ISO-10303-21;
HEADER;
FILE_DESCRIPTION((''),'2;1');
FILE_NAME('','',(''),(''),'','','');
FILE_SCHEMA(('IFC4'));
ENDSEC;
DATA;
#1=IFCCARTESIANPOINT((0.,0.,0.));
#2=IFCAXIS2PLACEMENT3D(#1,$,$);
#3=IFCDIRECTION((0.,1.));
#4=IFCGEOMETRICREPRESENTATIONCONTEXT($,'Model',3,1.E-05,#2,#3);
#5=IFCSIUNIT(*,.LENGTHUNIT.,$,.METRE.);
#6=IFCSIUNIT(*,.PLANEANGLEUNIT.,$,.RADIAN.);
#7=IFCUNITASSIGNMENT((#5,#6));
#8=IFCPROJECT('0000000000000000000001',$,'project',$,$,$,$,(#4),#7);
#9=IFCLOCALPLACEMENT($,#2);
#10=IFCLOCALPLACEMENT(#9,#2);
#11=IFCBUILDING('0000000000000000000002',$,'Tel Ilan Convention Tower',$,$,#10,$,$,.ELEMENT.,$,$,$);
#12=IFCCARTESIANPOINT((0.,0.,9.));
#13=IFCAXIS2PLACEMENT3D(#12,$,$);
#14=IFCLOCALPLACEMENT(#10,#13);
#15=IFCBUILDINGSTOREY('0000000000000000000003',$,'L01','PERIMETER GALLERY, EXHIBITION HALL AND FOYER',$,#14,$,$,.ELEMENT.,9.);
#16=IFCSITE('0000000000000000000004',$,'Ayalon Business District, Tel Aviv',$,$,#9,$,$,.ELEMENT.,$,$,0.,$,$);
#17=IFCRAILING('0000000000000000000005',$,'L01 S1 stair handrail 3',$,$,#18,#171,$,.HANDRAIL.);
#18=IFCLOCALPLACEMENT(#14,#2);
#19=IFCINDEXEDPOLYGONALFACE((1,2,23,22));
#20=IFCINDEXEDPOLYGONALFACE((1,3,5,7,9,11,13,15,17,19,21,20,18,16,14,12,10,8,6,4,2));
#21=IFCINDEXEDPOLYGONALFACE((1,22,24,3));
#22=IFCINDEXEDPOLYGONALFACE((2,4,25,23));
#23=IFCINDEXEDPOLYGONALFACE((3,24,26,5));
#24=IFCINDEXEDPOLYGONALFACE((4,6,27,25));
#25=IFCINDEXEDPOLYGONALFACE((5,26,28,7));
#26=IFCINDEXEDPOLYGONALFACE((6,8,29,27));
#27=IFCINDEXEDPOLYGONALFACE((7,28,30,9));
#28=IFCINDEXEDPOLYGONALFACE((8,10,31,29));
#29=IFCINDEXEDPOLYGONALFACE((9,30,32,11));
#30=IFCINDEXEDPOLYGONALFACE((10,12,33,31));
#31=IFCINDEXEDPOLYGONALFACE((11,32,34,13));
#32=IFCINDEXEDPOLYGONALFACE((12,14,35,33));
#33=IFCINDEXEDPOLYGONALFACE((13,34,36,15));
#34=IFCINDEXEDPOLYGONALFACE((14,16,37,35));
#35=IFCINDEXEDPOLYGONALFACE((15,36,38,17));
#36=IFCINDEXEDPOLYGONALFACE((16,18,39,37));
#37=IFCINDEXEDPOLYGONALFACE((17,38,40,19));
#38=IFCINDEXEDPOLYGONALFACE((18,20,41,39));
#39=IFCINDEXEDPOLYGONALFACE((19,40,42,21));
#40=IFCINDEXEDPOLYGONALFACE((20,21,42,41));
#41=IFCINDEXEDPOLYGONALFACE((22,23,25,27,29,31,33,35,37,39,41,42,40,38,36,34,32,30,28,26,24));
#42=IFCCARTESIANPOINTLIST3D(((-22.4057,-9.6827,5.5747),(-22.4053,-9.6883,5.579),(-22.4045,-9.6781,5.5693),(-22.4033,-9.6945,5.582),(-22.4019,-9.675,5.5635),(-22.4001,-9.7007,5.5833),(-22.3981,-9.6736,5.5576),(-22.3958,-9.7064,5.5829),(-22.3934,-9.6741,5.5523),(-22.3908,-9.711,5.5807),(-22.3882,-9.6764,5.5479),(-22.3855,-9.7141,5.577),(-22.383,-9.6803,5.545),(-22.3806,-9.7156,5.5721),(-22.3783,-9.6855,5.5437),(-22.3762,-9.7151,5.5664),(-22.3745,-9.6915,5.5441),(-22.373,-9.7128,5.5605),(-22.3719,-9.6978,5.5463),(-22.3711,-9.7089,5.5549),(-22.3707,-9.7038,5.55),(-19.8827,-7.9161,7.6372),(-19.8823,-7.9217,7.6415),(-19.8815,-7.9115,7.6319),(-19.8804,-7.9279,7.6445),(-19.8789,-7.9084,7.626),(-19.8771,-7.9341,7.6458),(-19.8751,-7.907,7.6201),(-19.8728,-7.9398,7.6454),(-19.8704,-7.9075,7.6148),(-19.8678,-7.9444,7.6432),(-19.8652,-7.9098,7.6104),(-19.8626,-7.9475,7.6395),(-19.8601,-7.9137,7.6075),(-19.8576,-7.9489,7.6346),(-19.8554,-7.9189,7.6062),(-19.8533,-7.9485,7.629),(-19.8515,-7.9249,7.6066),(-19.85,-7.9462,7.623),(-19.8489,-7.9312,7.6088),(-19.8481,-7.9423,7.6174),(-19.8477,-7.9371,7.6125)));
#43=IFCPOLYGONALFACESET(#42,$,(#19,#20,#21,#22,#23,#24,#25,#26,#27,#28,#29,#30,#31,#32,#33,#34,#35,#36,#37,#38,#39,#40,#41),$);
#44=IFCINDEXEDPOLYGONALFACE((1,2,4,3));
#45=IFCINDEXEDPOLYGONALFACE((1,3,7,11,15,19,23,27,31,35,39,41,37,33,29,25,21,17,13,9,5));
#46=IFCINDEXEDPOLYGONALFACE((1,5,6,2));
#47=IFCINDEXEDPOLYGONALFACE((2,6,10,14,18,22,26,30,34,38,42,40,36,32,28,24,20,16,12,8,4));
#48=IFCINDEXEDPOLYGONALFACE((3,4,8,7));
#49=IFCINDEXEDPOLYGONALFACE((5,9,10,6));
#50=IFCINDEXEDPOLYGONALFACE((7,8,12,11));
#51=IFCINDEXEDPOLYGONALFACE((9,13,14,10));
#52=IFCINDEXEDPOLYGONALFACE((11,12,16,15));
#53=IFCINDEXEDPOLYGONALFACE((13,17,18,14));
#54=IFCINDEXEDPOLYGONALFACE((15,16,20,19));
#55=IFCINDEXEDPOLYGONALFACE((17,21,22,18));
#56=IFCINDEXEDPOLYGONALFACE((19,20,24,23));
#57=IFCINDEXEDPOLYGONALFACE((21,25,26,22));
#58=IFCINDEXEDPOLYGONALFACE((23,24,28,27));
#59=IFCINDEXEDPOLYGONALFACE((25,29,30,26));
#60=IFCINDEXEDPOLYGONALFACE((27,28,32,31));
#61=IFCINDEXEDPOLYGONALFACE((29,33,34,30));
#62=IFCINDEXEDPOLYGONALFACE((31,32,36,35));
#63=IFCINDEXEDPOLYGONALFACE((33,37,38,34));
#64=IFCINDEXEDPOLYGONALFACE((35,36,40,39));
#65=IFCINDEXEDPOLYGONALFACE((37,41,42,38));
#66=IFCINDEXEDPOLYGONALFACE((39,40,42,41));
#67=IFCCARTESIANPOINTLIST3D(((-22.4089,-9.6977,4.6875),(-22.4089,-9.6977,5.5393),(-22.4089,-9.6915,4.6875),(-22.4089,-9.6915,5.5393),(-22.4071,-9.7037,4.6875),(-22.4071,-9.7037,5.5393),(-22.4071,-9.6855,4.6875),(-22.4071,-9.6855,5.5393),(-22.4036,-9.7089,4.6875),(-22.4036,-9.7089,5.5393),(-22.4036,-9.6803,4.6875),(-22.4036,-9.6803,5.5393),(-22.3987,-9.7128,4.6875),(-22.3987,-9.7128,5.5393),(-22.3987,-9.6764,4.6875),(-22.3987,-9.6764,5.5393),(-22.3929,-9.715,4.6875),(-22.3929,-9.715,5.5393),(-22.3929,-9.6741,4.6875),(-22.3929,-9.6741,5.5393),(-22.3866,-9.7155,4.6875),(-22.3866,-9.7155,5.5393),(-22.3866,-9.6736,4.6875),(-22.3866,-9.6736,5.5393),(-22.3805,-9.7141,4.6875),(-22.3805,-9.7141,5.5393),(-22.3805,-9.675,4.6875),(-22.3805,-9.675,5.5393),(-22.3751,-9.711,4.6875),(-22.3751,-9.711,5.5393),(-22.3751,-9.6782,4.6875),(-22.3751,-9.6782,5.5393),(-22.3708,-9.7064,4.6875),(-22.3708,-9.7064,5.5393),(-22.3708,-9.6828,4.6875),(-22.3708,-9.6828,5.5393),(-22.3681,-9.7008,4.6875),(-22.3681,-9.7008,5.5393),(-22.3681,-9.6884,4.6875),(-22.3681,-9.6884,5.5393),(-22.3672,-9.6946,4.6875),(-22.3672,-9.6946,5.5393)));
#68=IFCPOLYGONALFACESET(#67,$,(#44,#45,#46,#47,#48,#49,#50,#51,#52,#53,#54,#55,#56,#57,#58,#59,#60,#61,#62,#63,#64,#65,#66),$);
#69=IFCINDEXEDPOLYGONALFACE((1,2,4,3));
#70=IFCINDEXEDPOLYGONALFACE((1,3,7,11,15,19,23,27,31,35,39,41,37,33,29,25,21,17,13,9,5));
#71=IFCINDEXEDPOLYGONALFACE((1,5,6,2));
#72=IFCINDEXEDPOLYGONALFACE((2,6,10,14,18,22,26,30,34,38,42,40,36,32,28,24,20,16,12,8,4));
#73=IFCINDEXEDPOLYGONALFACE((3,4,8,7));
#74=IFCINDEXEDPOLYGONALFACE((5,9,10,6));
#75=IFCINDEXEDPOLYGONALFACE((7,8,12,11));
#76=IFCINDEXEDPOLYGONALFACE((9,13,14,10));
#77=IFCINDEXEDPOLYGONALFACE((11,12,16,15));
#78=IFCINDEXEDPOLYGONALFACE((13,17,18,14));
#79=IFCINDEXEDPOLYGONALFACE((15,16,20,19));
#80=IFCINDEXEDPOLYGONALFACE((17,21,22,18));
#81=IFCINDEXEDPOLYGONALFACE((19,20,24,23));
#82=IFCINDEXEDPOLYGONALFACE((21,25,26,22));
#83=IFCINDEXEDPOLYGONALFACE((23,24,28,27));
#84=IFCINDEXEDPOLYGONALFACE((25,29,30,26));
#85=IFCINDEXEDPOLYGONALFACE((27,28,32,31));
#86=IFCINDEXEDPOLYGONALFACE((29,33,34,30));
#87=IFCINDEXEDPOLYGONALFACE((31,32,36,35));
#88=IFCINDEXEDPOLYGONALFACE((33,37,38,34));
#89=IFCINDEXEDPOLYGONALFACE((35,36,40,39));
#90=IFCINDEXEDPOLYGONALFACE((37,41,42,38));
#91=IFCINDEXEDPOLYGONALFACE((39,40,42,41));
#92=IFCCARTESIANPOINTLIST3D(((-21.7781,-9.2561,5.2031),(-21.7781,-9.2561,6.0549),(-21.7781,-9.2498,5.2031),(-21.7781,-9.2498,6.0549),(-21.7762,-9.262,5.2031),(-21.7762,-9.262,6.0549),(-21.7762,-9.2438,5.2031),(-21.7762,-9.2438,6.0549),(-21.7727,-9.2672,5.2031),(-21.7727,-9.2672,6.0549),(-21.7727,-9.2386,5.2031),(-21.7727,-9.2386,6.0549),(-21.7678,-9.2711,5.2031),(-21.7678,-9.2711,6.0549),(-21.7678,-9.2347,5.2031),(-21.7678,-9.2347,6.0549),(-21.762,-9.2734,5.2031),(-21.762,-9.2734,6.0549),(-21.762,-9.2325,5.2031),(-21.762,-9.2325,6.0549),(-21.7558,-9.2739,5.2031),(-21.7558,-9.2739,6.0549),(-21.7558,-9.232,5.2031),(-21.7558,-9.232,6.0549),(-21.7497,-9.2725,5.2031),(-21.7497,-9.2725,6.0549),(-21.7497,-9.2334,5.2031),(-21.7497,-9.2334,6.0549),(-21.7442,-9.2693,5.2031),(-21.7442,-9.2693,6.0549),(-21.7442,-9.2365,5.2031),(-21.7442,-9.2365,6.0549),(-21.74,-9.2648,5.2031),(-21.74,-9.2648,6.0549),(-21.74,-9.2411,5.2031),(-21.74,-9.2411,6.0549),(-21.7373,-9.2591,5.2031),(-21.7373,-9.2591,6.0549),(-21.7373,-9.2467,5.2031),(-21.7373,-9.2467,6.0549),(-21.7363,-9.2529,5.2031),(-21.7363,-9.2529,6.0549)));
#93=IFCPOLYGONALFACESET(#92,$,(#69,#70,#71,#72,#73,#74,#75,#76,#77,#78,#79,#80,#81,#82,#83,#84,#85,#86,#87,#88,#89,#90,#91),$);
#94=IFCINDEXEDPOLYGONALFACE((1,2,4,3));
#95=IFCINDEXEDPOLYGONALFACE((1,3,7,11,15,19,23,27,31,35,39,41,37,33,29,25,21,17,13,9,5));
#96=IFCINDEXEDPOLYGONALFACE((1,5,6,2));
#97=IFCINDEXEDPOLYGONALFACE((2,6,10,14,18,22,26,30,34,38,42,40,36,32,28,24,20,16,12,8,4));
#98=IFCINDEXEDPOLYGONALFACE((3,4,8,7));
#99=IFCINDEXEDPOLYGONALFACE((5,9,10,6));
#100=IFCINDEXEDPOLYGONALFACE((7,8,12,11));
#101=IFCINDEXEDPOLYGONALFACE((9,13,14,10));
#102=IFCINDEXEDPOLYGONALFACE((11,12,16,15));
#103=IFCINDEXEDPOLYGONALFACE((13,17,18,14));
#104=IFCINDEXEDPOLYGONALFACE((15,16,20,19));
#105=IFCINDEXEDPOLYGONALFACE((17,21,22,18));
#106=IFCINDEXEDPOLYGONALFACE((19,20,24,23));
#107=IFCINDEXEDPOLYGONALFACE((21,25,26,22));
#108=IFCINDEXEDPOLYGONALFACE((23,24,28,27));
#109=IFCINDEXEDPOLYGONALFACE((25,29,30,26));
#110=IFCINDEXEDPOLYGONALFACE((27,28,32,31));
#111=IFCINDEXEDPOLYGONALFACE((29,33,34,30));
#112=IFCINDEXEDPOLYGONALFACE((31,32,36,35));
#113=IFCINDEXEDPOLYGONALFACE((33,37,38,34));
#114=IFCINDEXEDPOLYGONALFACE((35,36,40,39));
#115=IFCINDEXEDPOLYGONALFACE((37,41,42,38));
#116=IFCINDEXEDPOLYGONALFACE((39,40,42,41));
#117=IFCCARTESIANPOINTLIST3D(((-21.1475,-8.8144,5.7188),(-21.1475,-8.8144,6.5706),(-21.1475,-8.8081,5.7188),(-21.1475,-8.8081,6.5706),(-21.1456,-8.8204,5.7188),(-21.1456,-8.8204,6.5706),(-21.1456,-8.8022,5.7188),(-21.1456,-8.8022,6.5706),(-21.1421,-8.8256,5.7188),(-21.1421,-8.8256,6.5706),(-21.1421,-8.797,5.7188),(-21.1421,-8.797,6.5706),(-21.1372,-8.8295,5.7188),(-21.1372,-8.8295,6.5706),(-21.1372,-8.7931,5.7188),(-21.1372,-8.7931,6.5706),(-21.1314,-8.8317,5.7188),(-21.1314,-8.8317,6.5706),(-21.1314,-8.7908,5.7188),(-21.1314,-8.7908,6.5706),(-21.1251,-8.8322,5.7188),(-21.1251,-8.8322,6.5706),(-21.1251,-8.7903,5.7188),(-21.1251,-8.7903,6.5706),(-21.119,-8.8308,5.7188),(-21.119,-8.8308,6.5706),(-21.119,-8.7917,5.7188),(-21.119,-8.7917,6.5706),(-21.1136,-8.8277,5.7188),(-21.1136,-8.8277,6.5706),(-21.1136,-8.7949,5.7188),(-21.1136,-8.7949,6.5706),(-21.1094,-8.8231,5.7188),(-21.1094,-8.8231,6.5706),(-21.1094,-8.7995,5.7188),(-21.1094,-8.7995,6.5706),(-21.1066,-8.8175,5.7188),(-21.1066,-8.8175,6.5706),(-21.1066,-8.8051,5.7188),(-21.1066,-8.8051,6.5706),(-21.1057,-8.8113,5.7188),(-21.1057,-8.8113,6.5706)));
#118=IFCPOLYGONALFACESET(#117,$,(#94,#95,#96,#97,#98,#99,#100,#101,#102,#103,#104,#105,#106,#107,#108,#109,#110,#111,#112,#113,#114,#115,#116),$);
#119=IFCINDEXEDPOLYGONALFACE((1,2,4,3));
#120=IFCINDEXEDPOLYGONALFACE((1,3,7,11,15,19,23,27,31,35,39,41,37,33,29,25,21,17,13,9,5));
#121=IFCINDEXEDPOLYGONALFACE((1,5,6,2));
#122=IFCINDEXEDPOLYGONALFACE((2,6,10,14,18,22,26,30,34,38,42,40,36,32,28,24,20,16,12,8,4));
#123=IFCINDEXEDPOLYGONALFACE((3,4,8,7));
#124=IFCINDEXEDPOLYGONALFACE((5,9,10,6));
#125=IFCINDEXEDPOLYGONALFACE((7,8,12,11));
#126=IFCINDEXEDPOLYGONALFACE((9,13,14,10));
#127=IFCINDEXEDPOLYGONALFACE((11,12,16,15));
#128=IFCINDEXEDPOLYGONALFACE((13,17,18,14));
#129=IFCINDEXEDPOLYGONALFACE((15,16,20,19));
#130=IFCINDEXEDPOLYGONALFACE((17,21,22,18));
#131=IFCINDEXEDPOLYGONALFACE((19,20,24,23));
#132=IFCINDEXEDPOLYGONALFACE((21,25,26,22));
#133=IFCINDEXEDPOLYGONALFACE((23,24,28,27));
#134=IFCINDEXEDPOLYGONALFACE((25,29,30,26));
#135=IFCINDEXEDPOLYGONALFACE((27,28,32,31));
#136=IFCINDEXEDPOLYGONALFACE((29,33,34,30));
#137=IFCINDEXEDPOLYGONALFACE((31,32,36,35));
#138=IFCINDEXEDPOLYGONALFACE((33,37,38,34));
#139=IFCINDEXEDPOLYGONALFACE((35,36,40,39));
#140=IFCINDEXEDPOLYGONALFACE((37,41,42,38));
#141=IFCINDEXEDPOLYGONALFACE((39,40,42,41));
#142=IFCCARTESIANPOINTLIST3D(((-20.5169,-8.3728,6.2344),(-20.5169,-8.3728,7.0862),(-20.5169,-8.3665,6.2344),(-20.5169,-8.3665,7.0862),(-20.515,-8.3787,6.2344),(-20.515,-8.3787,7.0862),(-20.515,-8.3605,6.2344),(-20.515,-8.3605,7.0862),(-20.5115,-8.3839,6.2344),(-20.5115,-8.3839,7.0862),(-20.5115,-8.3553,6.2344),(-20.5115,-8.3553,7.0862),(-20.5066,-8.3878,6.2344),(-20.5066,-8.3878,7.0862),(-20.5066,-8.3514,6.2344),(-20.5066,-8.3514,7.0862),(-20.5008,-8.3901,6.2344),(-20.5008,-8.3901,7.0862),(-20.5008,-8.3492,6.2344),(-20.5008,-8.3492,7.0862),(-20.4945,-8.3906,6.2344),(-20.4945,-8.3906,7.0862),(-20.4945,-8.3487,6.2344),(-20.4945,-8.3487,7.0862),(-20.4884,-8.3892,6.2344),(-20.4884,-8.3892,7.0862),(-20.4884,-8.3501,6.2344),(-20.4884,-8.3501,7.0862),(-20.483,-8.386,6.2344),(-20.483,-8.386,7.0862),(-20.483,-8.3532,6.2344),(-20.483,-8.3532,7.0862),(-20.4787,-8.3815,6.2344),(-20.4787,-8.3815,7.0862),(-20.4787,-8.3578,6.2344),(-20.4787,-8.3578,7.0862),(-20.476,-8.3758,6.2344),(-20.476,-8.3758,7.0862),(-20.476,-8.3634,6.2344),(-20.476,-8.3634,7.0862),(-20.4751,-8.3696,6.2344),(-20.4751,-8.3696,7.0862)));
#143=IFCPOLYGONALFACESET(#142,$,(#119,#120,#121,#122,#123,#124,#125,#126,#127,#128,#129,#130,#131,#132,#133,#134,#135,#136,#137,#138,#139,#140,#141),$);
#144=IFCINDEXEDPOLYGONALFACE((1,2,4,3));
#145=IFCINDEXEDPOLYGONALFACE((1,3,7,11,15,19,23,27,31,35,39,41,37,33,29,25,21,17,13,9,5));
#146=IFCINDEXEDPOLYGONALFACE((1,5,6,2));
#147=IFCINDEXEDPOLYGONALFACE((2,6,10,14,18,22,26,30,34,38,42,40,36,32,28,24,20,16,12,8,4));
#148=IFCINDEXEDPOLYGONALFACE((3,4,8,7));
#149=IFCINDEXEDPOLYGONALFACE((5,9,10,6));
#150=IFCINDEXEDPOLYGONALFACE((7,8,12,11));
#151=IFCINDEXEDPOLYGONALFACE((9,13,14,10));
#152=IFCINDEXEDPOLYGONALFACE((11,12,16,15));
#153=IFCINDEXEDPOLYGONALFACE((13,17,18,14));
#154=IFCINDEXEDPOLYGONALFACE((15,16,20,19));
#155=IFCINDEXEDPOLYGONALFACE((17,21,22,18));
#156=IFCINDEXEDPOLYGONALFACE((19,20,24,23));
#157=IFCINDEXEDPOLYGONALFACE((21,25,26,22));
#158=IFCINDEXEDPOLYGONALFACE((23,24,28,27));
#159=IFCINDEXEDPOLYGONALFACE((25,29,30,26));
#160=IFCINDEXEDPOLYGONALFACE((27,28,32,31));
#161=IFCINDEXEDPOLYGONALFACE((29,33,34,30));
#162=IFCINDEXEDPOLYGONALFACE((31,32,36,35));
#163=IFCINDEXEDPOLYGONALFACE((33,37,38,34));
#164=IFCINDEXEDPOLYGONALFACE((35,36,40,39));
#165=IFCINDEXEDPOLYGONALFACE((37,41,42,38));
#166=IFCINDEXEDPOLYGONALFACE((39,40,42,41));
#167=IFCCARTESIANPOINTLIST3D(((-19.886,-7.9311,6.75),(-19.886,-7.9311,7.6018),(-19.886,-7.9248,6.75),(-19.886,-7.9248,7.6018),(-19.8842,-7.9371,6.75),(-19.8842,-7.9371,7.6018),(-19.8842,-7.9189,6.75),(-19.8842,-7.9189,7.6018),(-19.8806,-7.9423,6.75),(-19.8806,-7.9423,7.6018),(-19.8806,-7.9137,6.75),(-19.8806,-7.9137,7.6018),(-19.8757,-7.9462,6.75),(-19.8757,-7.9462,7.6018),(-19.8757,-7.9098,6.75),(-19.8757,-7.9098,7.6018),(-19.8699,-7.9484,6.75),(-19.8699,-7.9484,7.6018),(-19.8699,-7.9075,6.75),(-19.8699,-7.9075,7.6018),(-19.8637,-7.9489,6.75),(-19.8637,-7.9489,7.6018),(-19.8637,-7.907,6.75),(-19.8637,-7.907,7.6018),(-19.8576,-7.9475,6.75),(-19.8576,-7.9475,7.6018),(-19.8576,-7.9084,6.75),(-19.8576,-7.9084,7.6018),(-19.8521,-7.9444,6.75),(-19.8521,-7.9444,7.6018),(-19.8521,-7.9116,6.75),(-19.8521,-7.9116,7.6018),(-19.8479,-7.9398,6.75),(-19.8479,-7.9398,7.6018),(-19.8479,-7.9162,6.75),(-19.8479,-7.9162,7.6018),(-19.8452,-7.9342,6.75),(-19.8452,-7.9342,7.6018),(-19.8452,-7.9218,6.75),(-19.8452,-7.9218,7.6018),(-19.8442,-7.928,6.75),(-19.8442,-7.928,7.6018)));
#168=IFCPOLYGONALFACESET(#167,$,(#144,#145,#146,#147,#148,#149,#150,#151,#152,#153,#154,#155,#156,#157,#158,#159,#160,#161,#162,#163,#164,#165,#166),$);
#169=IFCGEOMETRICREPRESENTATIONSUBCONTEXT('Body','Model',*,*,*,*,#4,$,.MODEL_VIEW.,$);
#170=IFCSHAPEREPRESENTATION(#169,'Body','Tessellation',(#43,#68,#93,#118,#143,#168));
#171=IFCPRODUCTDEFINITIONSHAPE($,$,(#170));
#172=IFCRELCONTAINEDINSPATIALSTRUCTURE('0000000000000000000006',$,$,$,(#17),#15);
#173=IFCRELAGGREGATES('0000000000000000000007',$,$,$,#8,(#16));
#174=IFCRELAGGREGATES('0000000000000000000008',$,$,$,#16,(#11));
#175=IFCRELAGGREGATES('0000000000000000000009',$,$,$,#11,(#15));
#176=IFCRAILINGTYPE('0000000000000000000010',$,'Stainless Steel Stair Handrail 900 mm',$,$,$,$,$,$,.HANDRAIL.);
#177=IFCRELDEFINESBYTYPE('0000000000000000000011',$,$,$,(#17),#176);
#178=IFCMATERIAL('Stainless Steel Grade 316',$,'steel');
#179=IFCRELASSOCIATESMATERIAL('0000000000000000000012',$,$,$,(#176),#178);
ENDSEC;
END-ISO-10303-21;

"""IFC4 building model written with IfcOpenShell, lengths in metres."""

from ifc_helpers import new_model, si_unit, direction, frame, origin, origin_2d, place, context, subcontext, project, spatial, circle, extrude, material, type_object, element, save


model = new_model("IFC4")

# Units and contexts
model_context = context("Model", 3, precision=1e-05, world=origin(), true_north=direction((0.0, 1.0)))
body_context = subcontext(model_context, "Body", "Model", "MODEL_VIEW")
ifc_project = project(units=[si_unit("LENGTHUNIT", "METRE"), si_unit("PLANEANGLEUNIT", "RADIAN")], contexts=[model_context])

# Site, building, storey
site_placement = place(None, origin())
site = spatial("IfcSite", under=ifc_project, at=site_placement, Name="Ayalon Business District, Tel Aviv", CompositionType="ELEMENT", RefElevation=0.0)
building_placement = place(site_placement, origin())
building = spatial("IfcBuilding", under=site, at=building_placement, Name="Tel Ilan Convention Tower", CompositionType="ELEMENT")
storey_placement = place(building_placement, frame((0.0, 0.0, 9.0)))
storey = spatial("IfcBuildingStorey", under=building, at=storey_placement, Name="L01", Description="PERIMETER GALLERY, EXHIBITION HALL AND FOYER", CompositionType="ELEMENT", Elevation=9.0)

# Railing
ifc_material_1 = material(Name="Stainless Steel Grade 316", Category="steel")
railing_type_1 = type_object("IfcRailingType", Name="Stainless Steel Stair Handrail 900 mm", PredefinedType="HANDRAIL", material=ifc_material_1)
railing_1_placement = place(storey_placement, frame((-22.3882, -9.6946, 4.6875)))
element("IfcRailing", 1, at=railing_1_placement, inside=storey, type_object=railing_type_1, Name="L01 S1 stair handrail 3", PredefinedType="HANDRAIL", context=body_context, shape_type="SweptSolid", body=[
    extrude(circle(Radius=0.0239, at=origin_2d()), frame((0.0, 0.0, 0.876), z_axis=(0.680635, 0.476589, 0.556416), x_axis=(-0.573579, 0.81915, 0.0)), (0.0, 0.0, 1.0), 3.7068),
    extrude(circle(Radius=0.021, at=origin_2d()), origin(), (0.0, 0.0, 1.0), 0.8518),
    extrude(circle(Radius=0.021, at=origin_2d()), frame((0.6309, 0.4417, 0.5156)), (0.0, 0.0, 1.0), 0.8518),
    extrude(circle(Radius=0.021, at=origin_2d()), frame((1.2615, 0.8833, 1.0312)), (0.0, 0.0, 1.0), 0.8518),
    extrude(circle(Radius=0.021, at=origin_2d()), frame((1.8921, 1.325, 1.5469)), (0.0, 0.0, 1.0), 0.8518),
    extrude(circle(Radius=0.021, at=origin_2d()), frame((2.5229, 1.7666, 2.0625)), (0.0, 0.0, 1.0), 0.8518),
])

save(model, "model.ifc")
